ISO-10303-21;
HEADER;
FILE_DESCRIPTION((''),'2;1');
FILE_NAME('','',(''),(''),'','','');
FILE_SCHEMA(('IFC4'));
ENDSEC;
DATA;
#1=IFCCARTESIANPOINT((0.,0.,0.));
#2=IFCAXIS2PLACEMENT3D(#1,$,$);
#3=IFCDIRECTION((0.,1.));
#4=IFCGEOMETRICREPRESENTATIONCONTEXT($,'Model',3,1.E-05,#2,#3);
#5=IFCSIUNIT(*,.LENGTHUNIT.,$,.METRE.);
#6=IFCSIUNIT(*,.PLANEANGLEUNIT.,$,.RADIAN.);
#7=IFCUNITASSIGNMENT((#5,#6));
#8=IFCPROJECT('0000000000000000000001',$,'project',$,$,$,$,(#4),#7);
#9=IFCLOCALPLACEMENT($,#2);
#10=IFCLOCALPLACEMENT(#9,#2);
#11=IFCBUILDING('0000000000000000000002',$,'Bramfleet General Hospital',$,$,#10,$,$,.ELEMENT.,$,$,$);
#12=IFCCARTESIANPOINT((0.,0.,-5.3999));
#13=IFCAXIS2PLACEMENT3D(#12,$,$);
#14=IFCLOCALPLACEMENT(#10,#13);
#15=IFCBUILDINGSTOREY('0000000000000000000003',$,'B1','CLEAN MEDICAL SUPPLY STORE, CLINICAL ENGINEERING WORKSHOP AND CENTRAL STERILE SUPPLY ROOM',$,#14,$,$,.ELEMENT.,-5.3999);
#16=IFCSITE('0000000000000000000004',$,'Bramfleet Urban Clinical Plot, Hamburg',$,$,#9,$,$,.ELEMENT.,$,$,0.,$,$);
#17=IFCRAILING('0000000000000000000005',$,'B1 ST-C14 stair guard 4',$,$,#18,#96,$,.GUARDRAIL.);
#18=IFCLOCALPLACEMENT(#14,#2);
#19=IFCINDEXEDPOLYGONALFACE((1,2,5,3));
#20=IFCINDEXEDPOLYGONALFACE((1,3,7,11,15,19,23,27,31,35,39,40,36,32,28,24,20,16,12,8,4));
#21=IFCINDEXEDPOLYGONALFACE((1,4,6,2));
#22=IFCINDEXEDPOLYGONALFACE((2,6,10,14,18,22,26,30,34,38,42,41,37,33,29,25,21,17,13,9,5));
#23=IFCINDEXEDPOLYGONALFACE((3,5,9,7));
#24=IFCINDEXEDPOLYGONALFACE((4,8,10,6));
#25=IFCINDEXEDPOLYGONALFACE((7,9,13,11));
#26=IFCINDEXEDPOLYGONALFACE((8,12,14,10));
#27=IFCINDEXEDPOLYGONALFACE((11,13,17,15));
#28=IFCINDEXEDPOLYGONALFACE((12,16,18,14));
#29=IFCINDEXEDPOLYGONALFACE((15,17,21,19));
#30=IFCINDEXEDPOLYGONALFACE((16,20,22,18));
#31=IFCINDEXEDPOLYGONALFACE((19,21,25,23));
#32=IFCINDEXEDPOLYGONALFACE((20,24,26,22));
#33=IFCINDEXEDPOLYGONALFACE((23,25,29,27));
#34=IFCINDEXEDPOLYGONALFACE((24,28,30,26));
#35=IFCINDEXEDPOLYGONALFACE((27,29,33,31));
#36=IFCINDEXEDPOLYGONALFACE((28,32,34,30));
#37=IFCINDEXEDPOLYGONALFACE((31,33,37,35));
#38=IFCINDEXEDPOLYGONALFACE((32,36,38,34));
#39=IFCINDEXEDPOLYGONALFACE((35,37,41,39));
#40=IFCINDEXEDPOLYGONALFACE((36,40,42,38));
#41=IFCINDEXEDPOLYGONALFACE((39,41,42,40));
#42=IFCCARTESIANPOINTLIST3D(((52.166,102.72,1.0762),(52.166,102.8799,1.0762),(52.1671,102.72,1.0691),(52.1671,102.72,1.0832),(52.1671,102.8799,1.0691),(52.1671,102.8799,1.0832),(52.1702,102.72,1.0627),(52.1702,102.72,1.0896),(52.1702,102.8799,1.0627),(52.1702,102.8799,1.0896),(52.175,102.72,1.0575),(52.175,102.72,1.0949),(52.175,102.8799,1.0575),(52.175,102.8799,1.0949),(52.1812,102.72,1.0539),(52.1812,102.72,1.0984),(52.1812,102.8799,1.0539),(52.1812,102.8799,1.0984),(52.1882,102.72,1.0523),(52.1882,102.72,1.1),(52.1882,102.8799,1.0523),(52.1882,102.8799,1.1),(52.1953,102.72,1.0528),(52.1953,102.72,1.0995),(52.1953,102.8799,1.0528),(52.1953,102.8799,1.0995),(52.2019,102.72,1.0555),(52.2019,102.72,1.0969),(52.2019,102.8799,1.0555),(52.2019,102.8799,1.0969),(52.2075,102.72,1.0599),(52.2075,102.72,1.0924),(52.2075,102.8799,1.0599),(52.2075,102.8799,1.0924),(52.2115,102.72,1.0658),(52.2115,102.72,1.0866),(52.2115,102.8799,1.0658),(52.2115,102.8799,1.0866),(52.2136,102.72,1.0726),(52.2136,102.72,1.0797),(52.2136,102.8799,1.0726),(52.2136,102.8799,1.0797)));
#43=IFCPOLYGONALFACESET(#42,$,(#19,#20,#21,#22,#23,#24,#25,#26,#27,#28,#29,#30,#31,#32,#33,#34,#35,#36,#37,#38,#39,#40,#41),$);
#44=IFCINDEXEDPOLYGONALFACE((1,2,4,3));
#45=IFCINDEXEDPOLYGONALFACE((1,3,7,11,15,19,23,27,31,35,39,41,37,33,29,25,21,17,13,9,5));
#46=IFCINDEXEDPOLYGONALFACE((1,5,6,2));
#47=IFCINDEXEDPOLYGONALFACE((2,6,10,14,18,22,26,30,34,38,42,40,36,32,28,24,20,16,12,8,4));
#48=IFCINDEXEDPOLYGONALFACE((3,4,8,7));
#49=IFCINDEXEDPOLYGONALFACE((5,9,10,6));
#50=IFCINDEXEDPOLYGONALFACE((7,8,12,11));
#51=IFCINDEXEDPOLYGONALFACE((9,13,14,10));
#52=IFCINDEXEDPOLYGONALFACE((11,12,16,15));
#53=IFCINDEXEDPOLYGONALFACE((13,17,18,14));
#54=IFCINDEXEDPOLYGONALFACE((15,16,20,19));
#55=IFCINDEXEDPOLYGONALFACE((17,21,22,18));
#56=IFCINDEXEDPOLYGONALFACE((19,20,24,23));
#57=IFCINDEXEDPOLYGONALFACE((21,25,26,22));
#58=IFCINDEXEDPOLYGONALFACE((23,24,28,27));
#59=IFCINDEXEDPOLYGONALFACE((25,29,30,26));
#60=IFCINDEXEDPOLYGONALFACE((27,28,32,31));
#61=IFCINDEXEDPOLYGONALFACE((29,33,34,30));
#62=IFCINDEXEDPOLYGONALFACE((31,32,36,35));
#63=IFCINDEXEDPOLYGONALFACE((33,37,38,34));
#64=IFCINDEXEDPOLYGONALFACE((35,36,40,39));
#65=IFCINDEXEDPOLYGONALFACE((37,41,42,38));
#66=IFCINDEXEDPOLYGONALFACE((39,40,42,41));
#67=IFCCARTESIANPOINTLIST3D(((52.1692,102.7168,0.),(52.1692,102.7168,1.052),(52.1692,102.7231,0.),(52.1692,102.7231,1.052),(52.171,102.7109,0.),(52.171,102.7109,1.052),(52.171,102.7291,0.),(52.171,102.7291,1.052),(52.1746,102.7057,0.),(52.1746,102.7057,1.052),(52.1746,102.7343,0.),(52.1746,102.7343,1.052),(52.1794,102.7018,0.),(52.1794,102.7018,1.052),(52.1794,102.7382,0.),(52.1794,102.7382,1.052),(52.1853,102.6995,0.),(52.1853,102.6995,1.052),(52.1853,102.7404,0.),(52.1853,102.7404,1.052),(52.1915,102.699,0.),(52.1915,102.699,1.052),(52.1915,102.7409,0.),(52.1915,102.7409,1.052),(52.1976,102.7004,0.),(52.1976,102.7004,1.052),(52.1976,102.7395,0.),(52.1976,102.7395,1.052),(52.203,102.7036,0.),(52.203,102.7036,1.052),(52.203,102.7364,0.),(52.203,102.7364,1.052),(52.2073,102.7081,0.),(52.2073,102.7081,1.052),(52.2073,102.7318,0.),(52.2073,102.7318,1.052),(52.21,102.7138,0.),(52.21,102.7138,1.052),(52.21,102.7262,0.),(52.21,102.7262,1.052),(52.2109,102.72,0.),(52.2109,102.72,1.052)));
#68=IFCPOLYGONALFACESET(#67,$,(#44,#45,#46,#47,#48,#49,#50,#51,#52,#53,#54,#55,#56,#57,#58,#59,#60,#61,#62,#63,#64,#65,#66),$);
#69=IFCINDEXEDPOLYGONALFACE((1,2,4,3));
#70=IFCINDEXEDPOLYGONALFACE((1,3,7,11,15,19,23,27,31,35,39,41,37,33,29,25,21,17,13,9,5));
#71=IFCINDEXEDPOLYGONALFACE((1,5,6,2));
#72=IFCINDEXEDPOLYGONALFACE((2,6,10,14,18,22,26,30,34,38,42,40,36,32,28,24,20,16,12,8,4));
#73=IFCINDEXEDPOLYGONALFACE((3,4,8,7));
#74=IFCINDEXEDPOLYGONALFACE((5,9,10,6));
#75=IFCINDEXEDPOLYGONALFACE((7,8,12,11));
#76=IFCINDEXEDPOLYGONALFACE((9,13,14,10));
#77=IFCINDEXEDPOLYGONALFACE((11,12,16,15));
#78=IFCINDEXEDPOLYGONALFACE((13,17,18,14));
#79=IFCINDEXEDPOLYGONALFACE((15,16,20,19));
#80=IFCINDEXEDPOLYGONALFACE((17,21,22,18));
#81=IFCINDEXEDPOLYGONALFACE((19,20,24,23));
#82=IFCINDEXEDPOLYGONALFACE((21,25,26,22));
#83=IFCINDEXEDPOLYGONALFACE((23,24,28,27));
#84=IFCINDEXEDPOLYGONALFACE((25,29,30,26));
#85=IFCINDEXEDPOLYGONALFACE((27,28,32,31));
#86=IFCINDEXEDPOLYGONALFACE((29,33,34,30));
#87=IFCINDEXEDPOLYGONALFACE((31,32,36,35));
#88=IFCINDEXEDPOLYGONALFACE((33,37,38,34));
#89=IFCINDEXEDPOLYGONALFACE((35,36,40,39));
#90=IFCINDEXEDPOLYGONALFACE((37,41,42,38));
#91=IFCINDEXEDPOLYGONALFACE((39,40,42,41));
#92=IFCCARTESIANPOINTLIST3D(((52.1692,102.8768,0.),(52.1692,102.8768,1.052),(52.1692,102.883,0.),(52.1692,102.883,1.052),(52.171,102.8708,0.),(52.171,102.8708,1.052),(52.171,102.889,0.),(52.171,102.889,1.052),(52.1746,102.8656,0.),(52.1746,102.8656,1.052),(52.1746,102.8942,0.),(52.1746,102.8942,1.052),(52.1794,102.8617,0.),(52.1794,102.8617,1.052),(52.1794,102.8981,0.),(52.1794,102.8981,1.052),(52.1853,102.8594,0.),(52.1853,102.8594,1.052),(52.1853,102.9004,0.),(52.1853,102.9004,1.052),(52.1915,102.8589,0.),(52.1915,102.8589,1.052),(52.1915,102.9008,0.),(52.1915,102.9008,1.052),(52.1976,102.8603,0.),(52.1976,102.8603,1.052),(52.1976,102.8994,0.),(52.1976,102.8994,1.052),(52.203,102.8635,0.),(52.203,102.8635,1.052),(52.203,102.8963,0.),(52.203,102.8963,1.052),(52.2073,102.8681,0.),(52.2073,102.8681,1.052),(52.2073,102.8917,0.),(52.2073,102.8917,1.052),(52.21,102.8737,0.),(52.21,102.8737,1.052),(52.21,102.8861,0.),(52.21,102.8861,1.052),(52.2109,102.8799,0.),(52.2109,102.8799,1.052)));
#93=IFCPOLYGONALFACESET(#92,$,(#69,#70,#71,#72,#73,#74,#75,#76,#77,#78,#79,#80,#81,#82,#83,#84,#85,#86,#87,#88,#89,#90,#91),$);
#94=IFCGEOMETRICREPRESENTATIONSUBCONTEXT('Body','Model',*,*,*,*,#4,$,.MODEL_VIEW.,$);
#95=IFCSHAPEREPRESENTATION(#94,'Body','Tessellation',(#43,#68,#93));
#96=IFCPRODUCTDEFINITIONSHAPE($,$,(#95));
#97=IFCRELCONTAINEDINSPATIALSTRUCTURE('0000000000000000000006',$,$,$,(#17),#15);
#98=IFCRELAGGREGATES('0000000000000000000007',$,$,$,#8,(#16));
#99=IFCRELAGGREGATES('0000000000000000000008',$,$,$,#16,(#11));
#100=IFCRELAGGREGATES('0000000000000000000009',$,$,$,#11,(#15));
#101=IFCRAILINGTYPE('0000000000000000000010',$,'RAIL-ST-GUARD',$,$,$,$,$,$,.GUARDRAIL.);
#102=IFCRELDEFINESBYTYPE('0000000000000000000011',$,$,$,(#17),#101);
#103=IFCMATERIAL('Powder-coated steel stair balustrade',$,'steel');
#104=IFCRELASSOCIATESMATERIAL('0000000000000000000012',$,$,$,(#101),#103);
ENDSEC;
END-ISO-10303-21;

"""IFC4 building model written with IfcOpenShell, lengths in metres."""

from ifc_helpers import new_model, si_unit, direction, frame, origin, origin_2d, place, context, subcontext, project, spatial, circle, extrude, material, type_object, element, save


model = new_model("IFC4")

# Units and contexts
model_context = context("Model", 3, precision=1e-05, world=origin(), true_north=direction((0.0, 1.0)))
body_context = subcontext(model_context, "Body", "Model", "MODEL_VIEW")
ifc_project = project(units=[si_unit("LENGTHUNIT", "METRE"), si_unit("PLANEANGLEUNIT", "RADIAN")], contexts=[model_context])

# Site, building, storey
site_placement = place(None, origin())
site = spatial("IfcSite", under=ifc_project, at=site_placement, Name="Bramfleet Urban Clinical Plot, Hamburg", CompositionType="ELEMENT", RefElevation=0.0)
building_placement = place(site_placement, origin())
building = spatial("IfcBuilding", under=site, at=building_placement, Name="Bramfleet General Hospital", CompositionType="ELEMENT")
storey_placement = place(building_placement, frame((0.0, 0.0, -5.3999)))
storey = spatial("IfcBuildingStorey", under=building, at=storey_placement, Name="B1", Description="CLEAN MEDICAL SUPPLY STORE, CLINICAL ENGINEERING WORKSHOP AND CENTRAL STERILE SUPPLY ROOM", CompositionType="ELEMENT", Elevation=-5.3999)

# Railing
ifc_material_1 = material(Name="Powder-coated steel stair balustrade", Category="steel")
railing_type_1 = type_object("IfcRailingType", Name="RAIL-ST-GUARD", PredefinedType="GUARDRAIL", material=ifc_material_1)
railing_1_placement = place(storey_placement, frame((52.1899, 102.72, 0.0)))
element("IfcRailing", 1, at=railing_1_placement, inside=storey, type_object=railing_type_1, Name="B1 ST-C14 stair guard 4", PredefinedType="GUARDRAIL", context=body_context, shape_type="SweptSolid", body=[
    extrude(circle(Radius=0.0239, at=origin_2d()), frame((0.0, 0.0, 1.0762), z_axis=(0.0, 1.0, 0.0), x_axis=(-1.0, 0.0, 0.0)), (0.0, 0.0, 1.0), 0.1599),
    extrude(circle(Radius=0.021, at=origin_2d()), origin(), (0.0, 0.0, 1.0), 1.052),
    extrude(circle(Radius=0.021, at=origin_2d()), frame((0.0, 0.1599, 0.0)), (0.0, 0.0, 1.0), 1.052),
])

save(model, "model.ifc")
